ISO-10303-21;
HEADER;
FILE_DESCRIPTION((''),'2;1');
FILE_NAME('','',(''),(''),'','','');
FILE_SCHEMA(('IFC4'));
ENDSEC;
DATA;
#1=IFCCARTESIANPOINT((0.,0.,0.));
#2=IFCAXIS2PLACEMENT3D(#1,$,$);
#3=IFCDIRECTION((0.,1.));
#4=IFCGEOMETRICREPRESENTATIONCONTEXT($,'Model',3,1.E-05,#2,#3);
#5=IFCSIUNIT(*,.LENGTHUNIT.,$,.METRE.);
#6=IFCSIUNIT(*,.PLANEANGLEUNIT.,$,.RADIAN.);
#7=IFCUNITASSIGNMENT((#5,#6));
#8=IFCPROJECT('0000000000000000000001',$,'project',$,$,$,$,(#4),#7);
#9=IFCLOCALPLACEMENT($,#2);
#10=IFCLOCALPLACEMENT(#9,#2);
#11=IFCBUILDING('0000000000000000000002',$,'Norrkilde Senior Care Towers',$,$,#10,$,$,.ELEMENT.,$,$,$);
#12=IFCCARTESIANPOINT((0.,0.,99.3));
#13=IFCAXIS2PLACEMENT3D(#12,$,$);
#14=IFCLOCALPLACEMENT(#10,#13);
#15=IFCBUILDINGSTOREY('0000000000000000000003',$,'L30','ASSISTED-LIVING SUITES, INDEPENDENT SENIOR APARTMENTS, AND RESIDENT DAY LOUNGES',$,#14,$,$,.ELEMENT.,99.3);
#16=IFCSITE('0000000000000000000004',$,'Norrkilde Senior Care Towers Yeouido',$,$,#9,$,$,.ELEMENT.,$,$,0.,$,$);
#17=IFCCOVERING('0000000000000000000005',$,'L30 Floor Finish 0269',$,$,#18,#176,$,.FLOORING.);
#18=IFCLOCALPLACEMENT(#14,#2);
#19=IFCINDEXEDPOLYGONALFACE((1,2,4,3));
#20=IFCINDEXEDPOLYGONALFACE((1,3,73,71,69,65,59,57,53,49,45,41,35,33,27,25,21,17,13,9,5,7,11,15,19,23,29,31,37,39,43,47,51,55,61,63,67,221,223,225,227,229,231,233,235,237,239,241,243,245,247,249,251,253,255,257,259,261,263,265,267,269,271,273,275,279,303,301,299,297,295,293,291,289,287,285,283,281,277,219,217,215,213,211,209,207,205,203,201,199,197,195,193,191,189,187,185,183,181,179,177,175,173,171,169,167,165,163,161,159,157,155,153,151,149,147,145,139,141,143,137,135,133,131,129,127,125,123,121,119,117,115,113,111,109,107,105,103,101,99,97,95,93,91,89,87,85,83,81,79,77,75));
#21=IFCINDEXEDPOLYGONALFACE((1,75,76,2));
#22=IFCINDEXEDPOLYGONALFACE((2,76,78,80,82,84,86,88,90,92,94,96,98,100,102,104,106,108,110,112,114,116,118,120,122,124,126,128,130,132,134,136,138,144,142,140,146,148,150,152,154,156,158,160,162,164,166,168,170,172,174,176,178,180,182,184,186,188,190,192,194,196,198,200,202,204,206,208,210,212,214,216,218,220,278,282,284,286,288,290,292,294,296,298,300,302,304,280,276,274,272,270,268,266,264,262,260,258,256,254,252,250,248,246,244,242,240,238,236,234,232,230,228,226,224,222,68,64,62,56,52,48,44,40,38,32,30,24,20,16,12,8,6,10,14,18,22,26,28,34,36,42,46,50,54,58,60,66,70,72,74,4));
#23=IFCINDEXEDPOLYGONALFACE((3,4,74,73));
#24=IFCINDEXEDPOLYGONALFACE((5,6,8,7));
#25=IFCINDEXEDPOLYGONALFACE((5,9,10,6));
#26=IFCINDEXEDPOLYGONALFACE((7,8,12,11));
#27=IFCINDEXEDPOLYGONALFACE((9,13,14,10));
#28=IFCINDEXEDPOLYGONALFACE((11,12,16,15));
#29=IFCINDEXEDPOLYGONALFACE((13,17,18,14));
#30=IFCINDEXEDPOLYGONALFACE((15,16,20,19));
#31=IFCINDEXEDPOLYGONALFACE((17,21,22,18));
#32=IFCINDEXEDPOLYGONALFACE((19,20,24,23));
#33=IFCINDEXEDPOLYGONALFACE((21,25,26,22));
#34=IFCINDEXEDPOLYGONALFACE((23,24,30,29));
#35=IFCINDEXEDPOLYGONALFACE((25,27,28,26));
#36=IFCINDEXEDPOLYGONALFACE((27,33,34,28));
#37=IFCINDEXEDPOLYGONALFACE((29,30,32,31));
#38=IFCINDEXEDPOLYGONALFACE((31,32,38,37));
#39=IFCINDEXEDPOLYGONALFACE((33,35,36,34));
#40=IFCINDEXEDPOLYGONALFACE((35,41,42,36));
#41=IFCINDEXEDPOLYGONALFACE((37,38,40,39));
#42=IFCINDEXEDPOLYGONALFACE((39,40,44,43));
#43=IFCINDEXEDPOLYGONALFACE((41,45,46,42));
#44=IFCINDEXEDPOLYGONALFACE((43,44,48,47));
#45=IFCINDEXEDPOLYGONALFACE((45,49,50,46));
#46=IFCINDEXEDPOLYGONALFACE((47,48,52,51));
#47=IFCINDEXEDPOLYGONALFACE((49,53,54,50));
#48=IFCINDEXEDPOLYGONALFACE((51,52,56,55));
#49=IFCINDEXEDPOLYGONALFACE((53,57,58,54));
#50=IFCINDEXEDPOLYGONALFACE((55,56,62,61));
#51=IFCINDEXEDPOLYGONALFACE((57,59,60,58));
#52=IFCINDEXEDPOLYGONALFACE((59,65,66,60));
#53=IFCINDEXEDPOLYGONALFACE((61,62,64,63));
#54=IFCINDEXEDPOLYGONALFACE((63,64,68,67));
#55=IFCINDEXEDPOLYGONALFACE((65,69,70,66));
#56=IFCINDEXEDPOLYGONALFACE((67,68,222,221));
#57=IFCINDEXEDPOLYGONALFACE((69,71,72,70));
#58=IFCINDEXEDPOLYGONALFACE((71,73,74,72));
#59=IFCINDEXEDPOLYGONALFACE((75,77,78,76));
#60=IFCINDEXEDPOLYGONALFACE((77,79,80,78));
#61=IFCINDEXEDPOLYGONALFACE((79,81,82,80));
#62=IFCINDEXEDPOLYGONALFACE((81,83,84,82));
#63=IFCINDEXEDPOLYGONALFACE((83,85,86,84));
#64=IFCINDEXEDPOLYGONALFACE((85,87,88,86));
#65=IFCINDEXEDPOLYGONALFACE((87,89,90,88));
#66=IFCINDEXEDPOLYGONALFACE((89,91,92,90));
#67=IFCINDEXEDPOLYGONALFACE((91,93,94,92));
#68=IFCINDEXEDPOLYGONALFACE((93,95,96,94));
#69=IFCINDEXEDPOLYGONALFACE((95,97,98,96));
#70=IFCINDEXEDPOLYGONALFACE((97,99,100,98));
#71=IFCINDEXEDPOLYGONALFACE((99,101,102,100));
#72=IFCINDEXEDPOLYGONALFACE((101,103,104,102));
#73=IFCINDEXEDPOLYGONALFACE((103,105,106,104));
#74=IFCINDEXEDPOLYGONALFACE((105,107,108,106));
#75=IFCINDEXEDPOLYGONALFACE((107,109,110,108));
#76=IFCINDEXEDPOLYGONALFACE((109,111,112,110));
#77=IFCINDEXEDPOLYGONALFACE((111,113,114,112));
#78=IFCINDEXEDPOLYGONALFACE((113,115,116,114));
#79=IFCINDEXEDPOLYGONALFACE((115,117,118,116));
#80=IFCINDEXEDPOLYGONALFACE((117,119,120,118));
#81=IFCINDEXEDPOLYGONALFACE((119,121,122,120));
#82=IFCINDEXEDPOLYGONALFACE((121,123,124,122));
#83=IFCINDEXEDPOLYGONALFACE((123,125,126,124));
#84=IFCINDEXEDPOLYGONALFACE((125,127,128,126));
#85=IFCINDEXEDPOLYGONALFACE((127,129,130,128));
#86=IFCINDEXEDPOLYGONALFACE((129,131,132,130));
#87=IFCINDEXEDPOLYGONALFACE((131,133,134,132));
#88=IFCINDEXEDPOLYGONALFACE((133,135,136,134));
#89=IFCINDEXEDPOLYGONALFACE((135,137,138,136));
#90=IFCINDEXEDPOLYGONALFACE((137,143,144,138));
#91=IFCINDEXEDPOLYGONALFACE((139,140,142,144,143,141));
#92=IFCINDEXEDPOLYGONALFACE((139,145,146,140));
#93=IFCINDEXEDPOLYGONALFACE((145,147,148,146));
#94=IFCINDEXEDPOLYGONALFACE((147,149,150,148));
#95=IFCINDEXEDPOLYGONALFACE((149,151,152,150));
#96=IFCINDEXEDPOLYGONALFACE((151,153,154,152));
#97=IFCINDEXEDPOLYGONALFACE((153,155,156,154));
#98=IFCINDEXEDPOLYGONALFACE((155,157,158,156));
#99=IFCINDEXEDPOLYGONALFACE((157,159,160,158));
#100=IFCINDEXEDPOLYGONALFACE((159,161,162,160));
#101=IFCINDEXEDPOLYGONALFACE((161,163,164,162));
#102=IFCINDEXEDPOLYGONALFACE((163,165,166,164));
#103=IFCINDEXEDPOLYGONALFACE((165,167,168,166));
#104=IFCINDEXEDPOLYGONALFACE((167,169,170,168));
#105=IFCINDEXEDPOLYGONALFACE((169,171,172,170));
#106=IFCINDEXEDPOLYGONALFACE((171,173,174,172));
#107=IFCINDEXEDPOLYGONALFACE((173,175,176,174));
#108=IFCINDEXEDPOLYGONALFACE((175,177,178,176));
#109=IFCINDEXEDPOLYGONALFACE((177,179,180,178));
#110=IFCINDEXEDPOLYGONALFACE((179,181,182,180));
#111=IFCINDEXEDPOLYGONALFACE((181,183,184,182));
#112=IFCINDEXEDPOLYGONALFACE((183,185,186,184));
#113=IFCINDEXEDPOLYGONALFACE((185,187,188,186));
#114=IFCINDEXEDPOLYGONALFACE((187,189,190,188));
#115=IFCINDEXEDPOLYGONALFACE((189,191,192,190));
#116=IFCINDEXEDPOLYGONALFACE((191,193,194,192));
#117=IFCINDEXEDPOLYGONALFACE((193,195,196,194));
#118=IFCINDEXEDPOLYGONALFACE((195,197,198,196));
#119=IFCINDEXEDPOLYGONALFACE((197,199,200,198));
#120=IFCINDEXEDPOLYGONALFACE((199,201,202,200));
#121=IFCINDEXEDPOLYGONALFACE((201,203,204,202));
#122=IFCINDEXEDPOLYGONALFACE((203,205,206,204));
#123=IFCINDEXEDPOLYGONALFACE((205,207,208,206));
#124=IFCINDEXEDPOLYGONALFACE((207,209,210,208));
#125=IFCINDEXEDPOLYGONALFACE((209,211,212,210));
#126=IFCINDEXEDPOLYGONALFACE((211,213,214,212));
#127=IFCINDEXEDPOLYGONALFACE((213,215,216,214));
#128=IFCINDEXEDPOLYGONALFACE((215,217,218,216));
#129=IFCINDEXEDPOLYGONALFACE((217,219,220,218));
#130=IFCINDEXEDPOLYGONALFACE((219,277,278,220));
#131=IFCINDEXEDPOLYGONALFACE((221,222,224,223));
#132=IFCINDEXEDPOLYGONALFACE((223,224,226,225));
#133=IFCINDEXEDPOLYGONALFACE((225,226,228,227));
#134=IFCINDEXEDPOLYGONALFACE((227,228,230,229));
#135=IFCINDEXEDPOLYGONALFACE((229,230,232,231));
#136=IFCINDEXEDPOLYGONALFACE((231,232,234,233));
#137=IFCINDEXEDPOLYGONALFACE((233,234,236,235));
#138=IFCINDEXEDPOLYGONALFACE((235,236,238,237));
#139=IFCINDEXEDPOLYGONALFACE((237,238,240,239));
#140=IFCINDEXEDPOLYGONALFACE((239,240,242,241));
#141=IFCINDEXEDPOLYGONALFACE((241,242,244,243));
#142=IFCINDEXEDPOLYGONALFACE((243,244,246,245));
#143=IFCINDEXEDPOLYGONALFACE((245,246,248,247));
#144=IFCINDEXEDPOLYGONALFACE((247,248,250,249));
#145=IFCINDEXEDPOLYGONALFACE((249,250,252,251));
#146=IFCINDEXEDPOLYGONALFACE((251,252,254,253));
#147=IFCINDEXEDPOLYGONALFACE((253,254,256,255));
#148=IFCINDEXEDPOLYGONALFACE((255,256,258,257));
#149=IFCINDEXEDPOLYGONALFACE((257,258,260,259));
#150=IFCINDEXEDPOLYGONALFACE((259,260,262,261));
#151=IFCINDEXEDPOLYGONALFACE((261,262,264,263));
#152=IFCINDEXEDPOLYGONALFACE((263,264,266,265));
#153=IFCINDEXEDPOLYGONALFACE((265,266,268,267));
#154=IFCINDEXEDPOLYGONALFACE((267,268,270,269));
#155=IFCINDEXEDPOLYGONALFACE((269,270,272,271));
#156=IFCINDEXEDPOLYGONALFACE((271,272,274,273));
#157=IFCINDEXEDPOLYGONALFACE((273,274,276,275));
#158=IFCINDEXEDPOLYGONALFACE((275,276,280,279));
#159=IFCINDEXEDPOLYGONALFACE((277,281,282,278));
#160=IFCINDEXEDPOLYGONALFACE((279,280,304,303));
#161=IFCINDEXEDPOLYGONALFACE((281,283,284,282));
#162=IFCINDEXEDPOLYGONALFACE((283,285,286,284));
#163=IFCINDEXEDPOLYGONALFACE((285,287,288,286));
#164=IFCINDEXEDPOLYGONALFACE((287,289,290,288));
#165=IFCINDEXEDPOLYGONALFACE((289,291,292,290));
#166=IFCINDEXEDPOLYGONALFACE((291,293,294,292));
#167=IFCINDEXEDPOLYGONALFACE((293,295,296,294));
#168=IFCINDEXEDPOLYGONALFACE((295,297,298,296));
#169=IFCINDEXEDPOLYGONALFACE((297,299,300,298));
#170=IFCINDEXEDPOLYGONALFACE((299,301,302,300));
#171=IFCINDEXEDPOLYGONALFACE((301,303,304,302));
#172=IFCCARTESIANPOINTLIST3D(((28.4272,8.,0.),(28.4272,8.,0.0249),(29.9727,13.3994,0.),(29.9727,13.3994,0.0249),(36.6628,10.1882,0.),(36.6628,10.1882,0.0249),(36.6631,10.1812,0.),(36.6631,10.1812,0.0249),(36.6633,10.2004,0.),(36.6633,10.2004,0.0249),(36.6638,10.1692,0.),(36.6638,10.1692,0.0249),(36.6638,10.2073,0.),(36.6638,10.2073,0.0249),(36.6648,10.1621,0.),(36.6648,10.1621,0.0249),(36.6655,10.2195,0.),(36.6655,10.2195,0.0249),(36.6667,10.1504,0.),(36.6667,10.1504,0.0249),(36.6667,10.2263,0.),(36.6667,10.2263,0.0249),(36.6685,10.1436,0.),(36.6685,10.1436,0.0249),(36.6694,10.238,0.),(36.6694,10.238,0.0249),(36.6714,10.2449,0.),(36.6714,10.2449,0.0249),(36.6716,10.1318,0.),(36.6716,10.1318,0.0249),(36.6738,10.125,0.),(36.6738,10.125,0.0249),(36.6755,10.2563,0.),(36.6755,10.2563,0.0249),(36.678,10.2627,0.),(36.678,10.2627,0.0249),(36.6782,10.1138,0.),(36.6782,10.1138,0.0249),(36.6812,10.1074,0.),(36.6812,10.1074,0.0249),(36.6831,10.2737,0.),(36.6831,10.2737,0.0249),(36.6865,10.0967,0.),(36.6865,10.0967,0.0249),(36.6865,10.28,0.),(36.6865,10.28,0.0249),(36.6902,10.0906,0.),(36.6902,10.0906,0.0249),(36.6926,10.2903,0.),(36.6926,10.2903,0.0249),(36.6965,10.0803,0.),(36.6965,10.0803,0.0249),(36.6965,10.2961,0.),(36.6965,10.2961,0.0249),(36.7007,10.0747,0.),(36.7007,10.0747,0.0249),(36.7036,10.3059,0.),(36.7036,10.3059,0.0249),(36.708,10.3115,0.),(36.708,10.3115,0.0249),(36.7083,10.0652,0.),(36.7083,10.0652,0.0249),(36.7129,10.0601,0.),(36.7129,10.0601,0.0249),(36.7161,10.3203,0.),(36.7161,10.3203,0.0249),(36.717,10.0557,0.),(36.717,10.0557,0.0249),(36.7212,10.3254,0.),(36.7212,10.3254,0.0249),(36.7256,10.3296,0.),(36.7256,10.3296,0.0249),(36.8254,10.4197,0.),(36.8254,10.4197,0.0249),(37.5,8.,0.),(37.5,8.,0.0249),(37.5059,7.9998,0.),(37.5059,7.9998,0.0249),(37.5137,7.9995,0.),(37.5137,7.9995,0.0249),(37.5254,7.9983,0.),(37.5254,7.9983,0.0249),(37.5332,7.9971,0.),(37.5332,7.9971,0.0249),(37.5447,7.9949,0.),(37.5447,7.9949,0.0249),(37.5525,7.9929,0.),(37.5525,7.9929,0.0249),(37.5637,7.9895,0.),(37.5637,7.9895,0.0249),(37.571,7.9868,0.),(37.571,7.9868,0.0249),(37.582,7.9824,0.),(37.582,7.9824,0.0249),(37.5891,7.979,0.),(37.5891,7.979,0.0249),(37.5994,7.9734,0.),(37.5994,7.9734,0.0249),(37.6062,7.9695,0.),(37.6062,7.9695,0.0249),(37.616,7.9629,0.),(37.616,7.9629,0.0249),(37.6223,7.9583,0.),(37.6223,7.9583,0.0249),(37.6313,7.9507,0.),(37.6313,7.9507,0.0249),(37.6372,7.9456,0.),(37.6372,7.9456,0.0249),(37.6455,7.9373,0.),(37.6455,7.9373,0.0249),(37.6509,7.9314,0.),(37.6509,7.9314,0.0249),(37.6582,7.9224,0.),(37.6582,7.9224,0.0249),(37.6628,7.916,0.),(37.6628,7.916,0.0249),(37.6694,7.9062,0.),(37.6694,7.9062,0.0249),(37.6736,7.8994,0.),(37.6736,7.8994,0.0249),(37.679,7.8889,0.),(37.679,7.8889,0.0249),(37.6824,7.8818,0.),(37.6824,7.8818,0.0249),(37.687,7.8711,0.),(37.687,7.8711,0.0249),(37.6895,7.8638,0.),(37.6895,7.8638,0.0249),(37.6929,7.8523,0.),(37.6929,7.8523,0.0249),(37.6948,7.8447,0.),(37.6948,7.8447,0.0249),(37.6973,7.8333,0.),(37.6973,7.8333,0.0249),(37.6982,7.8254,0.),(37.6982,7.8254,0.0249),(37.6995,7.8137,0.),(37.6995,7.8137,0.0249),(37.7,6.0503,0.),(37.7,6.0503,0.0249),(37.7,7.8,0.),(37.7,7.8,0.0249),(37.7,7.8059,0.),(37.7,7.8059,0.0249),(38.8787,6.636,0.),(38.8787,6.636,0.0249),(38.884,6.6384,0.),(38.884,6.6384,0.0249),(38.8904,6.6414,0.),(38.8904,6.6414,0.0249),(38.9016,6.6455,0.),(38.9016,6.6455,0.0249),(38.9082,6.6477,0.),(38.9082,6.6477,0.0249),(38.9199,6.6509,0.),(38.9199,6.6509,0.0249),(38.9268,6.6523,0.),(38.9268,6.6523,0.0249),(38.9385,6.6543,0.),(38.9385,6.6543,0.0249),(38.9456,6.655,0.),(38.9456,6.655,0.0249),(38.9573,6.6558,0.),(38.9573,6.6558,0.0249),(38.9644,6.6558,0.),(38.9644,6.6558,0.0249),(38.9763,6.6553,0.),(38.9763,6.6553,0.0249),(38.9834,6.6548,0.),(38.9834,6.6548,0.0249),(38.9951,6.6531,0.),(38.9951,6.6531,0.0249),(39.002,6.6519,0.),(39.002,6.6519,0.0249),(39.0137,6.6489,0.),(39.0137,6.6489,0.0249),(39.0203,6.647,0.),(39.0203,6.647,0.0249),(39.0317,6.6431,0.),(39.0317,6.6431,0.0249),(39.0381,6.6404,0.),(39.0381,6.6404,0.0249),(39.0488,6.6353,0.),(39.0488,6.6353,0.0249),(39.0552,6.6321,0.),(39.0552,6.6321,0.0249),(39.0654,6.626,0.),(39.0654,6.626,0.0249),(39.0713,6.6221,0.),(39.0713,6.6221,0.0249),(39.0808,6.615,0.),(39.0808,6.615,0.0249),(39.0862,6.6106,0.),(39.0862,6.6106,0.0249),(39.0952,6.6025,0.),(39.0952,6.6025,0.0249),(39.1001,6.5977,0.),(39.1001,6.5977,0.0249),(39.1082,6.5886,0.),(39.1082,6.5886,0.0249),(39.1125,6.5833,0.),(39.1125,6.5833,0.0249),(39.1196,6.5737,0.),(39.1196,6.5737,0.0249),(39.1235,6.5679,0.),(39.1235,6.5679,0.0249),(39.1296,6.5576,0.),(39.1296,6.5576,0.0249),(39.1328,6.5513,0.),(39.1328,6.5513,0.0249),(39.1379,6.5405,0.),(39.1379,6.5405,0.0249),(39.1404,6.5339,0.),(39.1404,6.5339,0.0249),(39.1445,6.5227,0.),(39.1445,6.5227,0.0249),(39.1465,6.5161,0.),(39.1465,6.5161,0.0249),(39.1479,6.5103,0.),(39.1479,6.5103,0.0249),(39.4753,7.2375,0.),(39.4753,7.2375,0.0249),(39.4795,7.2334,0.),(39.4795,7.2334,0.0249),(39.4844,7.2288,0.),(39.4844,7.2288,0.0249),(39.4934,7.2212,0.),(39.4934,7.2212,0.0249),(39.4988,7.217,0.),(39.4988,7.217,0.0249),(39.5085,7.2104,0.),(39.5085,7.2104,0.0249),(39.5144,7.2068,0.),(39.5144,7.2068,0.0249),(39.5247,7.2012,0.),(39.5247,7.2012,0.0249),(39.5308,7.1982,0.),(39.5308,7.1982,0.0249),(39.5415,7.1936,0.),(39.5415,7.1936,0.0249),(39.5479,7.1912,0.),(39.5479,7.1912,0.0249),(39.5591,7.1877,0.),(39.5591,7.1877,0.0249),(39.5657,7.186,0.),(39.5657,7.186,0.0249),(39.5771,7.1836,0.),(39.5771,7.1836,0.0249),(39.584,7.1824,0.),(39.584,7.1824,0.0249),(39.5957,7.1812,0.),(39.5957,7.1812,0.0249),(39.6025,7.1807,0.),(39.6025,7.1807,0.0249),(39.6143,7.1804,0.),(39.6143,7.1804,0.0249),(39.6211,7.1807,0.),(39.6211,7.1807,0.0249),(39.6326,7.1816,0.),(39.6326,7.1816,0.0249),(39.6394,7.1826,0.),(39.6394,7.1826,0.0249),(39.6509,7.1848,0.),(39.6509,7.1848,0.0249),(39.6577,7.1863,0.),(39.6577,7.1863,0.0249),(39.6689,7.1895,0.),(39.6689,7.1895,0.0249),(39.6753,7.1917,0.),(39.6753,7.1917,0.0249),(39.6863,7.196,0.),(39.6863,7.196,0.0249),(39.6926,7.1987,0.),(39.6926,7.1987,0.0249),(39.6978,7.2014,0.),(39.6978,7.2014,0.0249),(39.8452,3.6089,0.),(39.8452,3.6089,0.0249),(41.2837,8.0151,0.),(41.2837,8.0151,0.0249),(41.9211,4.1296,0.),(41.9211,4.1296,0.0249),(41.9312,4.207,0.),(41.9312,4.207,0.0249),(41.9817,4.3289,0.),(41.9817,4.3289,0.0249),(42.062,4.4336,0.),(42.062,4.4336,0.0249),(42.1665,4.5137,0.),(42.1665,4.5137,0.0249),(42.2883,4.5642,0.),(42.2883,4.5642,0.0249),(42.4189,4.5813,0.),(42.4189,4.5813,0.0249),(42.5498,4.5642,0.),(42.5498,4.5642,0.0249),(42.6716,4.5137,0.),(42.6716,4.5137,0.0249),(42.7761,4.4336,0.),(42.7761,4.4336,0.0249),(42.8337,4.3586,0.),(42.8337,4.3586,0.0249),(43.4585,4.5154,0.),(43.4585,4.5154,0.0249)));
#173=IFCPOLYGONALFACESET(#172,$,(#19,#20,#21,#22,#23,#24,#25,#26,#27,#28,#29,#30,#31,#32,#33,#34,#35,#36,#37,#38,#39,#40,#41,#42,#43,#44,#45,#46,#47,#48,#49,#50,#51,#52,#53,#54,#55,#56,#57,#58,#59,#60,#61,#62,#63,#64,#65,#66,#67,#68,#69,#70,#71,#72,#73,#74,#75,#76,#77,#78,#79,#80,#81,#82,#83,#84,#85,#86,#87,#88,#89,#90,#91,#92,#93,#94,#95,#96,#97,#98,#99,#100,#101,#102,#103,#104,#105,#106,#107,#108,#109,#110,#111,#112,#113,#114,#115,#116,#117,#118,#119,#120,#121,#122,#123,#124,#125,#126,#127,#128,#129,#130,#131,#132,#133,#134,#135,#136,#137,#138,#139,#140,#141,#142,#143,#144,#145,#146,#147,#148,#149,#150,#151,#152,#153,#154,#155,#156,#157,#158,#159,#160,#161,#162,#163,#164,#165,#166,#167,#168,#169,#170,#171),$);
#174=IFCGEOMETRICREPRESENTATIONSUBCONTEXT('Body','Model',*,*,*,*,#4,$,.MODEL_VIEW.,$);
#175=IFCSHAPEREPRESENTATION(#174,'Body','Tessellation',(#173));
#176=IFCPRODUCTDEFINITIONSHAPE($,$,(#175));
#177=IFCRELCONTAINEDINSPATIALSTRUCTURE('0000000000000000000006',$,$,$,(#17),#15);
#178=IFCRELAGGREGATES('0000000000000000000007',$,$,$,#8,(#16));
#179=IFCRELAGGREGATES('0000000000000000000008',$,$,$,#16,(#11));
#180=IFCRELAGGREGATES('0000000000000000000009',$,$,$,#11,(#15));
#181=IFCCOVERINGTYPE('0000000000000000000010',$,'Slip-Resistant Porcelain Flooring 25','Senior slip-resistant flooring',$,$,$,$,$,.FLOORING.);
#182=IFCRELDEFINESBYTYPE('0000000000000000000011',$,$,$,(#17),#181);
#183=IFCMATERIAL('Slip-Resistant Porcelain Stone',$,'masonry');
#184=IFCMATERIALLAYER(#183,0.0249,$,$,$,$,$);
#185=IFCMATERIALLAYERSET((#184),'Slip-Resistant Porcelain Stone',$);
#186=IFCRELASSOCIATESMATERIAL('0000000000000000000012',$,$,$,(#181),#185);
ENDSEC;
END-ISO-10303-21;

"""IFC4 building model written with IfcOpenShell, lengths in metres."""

from ifc_helpers import new_model, si_unit, direction, frame, origin, place, context, subcontext, project, spatial, polyline, outline, extrude, material, layer, layer_set, type_object, element, save


model = new_model("IFC4")

# Units and contexts
model_context = context("Model", 3, precision=1e-05, world=origin(), true_north=direction((0.0, 1.0)))
body_context = subcontext(model_context, "Body", "Model", "MODEL_VIEW")
ifc_project = project(units=[si_unit("LENGTHUNIT", "METRE"), si_unit("PLANEANGLEUNIT", "RADIAN")], contexts=[model_context])

# Site, building, storey
site_placement = place(None, origin())
site = spatial("IfcSite", under=ifc_project, at=site_placement, Name="Norrkilde Senior Care Towers Yeouido", CompositionType="ELEMENT", RefElevation=0.0)
building_placement = place(site_placement, origin())
building = spatial("IfcBuilding", under=site, at=building_placement, Name="Norrkilde Senior Care Towers", CompositionType="ELEMENT")
storey_placement = place(building_placement, frame((0.0, 0.0, 99.3)))
storey = spatial("IfcBuildingStorey", under=building, at=storey_placement, Name="L30", Description="ASSISTED-LIVING SUITES, INDEPENDENT SENIOR APARTMENTS, AND RESIDENT DAY LOUNGES", CompositionType="ELEMENT", Elevation=99.3)

# Covering
ifc_material_1 = material(Name="Slip-Resistant Porcelain Stone", Category="masonry")
ifc_layer_1 = layer(ifc_material_1, 0.0249)
ifc_layer_set_1 = layer_set([ifc_layer_1], Name="Slip-Resistant Porcelain Stone")
covering_type_1 = type_object("IfcCoveringType", Name="Slip-Resistant Porcelain Flooring 25", Description="Senior slip-resistant flooring", PredefinedType="FLOORING", material=ifc_layer_set_1)
covering_1_placement = place(storey_placement, origin())
element("IfcCovering", 1, at=covering_1_placement, inside=storey, type_object=covering_type_1, Name="L30 Floor Finish 0269", PredefinedType="FLOORING", context=body_context, shape_type="SweptSolid", body=[
    extrude(outline(polyline([(37.6929, 7.8523), (37.6895, 7.8638), (37.687, 7.8711), (37.6824, 7.8818), (37.679, 7.8889), (37.6736, 7.8994), (37.6694, 7.9062), (37.6628, 7.916), (37.6582, 7.9224), (37.6509, 7.9314), (37.6455, 7.9373), (37.6372, 7.9456), (37.6313, 7.9507), (37.6223, 7.9583), (37.616, 7.9629), (37.6062, 7.9695), (37.5994, 7.9734), (37.5891, 7.979), (37.582, 7.9824), (37.571, 7.9868), (37.5637, 7.9895), (37.5525, 7.9929), (37.5447, 7.9949), (37.5332, 7.9971), (37.5254, 7.9983), (37.5137, 7.9995), (37.5059, 7.9998), (37.5, 8.0), (28.4272, 8.0), (29.9727, 13.3994), (36.8254, 10.4197), (36.7256, 10.3296), (36.7212, 10.3254), (36.7161, 10.3203), (36.708, 10.3115), (36.7036, 10.3059), (36.6965, 10.2961), (36.6926, 10.2903), (36.6865, 10.28), (36.6831, 10.2737), (36.678, 10.2627), (36.6755, 10.2563), (36.6714, 10.2449), (36.6694, 10.238), (36.6667, 10.2263), (36.6655, 10.2195), (36.6638, 10.2073), (36.6633, 10.2004), (36.6628, 10.1882), (36.6631, 10.1812), (36.6638, 10.1692), (36.6648, 10.1621), (36.6667, 10.1504), (36.6685, 10.1436), (36.6716, 10.1318), (36.6738, 10.125), (36.6782, 10.1138), (36.6812, 10.1074), (36.6865, 10.0967), (36.6902, 10.0906), (36.6965, 10.0803), (36.7007, 10.0747), (36.7083, 10.0652), (36.7129, 10.0601), (36.717, 10.0557), (39.4753, 7.2375), (39.4795, 7.2334), (39.4844, 7.2288), (39.4934, 7.2212), (39.4988, 7.217), (39.5085, 7.2104), (39.5144, 7.2068), (39.5247, 7.2012), (39.5308, 7.1982), (39.5415, 7.1936), (39.5479, 7.1912), (39.5591, 7.1877), (39.5657, 7.186), (39.5771, 7.1836), (39.584, 7.1824), (39.5957, 7.1812), (39.6025, 7.1807), (39.6143, 7.1804), (39.6211, 7.1807), (39.6326, 7.1816), (39.6394, 7.1826), (39.6509, 7.1848), (39.6577, 7.1863), (39.6689, 7.1895), (39.6753, 7.1917), (39.6863, 7.196), (39.6926, 7.1987), (39.6978, 7.2014), (41.2837, 8.0151), (43.4585, 4.5154), (42.8337, 4.3586), (42.7761, 4.4336), (42.6716, 4.5137), (42.5498, 4.5642), (42.4189, 4.5813), (42.2883, 4.5642), (42.1665, 4.5137), (42.062, 4.4336), (41.9817, 4.3289), (41.9312, 4.207), (41.9211, 4.1296), (39.8452, 3.6089), (39.1479, 6.5103), (39.1465, 6.5161), (39.1445, 6.5227), (39.1404, 6.5339), (39.1379, 6.5405), (39.1328, 6.5513), (39.1296, 6.5576), (39.1235, 6.5679), (39.1196, 6.5737), (39.1125, 6.5833), (39.1082, 6.5886), (39.1001, 6.5977), (39.0952, 6.6025), (39.0862, 6.6106), (39.0808, 6.615), (39.0713, 6.6221), (39.0654, 6.626), (39.0552, 6.6321), (39.0488, 6.6353), (39.0381, 6.6404), (39.0317, 6.6431), (39.0203, 6.647), (39.0137, 6.6489), (39.002, 6.6519), (38.9951, 6.6531), (38.9834, 6.6548), (38.9763, 6.6553), (38.9644, 6.6558), (38.9573, 6.6558), (38.9456, 6.655), (38.9385, 6.6543), (38.9268, 6.6523), (38.9199, 6.6509), (38.9082, 6.6477), (38.9016, 6.6455), (38.8904, 6.6414), (38.884, 6.6384), (38.8787, 6.636), (37.7, 6.0503), (37.7, 7.8), (37.7, 7.8059), (37.6995, 7.8137), (37.6982, 7.8254), (37.6973, 7.8333), (37.6948, 7.8447), (37.6929, 7.8523)])), origin(), (0.0, 0.0, 1.0), 0.0249),
])

save(model, "model.ifc")
